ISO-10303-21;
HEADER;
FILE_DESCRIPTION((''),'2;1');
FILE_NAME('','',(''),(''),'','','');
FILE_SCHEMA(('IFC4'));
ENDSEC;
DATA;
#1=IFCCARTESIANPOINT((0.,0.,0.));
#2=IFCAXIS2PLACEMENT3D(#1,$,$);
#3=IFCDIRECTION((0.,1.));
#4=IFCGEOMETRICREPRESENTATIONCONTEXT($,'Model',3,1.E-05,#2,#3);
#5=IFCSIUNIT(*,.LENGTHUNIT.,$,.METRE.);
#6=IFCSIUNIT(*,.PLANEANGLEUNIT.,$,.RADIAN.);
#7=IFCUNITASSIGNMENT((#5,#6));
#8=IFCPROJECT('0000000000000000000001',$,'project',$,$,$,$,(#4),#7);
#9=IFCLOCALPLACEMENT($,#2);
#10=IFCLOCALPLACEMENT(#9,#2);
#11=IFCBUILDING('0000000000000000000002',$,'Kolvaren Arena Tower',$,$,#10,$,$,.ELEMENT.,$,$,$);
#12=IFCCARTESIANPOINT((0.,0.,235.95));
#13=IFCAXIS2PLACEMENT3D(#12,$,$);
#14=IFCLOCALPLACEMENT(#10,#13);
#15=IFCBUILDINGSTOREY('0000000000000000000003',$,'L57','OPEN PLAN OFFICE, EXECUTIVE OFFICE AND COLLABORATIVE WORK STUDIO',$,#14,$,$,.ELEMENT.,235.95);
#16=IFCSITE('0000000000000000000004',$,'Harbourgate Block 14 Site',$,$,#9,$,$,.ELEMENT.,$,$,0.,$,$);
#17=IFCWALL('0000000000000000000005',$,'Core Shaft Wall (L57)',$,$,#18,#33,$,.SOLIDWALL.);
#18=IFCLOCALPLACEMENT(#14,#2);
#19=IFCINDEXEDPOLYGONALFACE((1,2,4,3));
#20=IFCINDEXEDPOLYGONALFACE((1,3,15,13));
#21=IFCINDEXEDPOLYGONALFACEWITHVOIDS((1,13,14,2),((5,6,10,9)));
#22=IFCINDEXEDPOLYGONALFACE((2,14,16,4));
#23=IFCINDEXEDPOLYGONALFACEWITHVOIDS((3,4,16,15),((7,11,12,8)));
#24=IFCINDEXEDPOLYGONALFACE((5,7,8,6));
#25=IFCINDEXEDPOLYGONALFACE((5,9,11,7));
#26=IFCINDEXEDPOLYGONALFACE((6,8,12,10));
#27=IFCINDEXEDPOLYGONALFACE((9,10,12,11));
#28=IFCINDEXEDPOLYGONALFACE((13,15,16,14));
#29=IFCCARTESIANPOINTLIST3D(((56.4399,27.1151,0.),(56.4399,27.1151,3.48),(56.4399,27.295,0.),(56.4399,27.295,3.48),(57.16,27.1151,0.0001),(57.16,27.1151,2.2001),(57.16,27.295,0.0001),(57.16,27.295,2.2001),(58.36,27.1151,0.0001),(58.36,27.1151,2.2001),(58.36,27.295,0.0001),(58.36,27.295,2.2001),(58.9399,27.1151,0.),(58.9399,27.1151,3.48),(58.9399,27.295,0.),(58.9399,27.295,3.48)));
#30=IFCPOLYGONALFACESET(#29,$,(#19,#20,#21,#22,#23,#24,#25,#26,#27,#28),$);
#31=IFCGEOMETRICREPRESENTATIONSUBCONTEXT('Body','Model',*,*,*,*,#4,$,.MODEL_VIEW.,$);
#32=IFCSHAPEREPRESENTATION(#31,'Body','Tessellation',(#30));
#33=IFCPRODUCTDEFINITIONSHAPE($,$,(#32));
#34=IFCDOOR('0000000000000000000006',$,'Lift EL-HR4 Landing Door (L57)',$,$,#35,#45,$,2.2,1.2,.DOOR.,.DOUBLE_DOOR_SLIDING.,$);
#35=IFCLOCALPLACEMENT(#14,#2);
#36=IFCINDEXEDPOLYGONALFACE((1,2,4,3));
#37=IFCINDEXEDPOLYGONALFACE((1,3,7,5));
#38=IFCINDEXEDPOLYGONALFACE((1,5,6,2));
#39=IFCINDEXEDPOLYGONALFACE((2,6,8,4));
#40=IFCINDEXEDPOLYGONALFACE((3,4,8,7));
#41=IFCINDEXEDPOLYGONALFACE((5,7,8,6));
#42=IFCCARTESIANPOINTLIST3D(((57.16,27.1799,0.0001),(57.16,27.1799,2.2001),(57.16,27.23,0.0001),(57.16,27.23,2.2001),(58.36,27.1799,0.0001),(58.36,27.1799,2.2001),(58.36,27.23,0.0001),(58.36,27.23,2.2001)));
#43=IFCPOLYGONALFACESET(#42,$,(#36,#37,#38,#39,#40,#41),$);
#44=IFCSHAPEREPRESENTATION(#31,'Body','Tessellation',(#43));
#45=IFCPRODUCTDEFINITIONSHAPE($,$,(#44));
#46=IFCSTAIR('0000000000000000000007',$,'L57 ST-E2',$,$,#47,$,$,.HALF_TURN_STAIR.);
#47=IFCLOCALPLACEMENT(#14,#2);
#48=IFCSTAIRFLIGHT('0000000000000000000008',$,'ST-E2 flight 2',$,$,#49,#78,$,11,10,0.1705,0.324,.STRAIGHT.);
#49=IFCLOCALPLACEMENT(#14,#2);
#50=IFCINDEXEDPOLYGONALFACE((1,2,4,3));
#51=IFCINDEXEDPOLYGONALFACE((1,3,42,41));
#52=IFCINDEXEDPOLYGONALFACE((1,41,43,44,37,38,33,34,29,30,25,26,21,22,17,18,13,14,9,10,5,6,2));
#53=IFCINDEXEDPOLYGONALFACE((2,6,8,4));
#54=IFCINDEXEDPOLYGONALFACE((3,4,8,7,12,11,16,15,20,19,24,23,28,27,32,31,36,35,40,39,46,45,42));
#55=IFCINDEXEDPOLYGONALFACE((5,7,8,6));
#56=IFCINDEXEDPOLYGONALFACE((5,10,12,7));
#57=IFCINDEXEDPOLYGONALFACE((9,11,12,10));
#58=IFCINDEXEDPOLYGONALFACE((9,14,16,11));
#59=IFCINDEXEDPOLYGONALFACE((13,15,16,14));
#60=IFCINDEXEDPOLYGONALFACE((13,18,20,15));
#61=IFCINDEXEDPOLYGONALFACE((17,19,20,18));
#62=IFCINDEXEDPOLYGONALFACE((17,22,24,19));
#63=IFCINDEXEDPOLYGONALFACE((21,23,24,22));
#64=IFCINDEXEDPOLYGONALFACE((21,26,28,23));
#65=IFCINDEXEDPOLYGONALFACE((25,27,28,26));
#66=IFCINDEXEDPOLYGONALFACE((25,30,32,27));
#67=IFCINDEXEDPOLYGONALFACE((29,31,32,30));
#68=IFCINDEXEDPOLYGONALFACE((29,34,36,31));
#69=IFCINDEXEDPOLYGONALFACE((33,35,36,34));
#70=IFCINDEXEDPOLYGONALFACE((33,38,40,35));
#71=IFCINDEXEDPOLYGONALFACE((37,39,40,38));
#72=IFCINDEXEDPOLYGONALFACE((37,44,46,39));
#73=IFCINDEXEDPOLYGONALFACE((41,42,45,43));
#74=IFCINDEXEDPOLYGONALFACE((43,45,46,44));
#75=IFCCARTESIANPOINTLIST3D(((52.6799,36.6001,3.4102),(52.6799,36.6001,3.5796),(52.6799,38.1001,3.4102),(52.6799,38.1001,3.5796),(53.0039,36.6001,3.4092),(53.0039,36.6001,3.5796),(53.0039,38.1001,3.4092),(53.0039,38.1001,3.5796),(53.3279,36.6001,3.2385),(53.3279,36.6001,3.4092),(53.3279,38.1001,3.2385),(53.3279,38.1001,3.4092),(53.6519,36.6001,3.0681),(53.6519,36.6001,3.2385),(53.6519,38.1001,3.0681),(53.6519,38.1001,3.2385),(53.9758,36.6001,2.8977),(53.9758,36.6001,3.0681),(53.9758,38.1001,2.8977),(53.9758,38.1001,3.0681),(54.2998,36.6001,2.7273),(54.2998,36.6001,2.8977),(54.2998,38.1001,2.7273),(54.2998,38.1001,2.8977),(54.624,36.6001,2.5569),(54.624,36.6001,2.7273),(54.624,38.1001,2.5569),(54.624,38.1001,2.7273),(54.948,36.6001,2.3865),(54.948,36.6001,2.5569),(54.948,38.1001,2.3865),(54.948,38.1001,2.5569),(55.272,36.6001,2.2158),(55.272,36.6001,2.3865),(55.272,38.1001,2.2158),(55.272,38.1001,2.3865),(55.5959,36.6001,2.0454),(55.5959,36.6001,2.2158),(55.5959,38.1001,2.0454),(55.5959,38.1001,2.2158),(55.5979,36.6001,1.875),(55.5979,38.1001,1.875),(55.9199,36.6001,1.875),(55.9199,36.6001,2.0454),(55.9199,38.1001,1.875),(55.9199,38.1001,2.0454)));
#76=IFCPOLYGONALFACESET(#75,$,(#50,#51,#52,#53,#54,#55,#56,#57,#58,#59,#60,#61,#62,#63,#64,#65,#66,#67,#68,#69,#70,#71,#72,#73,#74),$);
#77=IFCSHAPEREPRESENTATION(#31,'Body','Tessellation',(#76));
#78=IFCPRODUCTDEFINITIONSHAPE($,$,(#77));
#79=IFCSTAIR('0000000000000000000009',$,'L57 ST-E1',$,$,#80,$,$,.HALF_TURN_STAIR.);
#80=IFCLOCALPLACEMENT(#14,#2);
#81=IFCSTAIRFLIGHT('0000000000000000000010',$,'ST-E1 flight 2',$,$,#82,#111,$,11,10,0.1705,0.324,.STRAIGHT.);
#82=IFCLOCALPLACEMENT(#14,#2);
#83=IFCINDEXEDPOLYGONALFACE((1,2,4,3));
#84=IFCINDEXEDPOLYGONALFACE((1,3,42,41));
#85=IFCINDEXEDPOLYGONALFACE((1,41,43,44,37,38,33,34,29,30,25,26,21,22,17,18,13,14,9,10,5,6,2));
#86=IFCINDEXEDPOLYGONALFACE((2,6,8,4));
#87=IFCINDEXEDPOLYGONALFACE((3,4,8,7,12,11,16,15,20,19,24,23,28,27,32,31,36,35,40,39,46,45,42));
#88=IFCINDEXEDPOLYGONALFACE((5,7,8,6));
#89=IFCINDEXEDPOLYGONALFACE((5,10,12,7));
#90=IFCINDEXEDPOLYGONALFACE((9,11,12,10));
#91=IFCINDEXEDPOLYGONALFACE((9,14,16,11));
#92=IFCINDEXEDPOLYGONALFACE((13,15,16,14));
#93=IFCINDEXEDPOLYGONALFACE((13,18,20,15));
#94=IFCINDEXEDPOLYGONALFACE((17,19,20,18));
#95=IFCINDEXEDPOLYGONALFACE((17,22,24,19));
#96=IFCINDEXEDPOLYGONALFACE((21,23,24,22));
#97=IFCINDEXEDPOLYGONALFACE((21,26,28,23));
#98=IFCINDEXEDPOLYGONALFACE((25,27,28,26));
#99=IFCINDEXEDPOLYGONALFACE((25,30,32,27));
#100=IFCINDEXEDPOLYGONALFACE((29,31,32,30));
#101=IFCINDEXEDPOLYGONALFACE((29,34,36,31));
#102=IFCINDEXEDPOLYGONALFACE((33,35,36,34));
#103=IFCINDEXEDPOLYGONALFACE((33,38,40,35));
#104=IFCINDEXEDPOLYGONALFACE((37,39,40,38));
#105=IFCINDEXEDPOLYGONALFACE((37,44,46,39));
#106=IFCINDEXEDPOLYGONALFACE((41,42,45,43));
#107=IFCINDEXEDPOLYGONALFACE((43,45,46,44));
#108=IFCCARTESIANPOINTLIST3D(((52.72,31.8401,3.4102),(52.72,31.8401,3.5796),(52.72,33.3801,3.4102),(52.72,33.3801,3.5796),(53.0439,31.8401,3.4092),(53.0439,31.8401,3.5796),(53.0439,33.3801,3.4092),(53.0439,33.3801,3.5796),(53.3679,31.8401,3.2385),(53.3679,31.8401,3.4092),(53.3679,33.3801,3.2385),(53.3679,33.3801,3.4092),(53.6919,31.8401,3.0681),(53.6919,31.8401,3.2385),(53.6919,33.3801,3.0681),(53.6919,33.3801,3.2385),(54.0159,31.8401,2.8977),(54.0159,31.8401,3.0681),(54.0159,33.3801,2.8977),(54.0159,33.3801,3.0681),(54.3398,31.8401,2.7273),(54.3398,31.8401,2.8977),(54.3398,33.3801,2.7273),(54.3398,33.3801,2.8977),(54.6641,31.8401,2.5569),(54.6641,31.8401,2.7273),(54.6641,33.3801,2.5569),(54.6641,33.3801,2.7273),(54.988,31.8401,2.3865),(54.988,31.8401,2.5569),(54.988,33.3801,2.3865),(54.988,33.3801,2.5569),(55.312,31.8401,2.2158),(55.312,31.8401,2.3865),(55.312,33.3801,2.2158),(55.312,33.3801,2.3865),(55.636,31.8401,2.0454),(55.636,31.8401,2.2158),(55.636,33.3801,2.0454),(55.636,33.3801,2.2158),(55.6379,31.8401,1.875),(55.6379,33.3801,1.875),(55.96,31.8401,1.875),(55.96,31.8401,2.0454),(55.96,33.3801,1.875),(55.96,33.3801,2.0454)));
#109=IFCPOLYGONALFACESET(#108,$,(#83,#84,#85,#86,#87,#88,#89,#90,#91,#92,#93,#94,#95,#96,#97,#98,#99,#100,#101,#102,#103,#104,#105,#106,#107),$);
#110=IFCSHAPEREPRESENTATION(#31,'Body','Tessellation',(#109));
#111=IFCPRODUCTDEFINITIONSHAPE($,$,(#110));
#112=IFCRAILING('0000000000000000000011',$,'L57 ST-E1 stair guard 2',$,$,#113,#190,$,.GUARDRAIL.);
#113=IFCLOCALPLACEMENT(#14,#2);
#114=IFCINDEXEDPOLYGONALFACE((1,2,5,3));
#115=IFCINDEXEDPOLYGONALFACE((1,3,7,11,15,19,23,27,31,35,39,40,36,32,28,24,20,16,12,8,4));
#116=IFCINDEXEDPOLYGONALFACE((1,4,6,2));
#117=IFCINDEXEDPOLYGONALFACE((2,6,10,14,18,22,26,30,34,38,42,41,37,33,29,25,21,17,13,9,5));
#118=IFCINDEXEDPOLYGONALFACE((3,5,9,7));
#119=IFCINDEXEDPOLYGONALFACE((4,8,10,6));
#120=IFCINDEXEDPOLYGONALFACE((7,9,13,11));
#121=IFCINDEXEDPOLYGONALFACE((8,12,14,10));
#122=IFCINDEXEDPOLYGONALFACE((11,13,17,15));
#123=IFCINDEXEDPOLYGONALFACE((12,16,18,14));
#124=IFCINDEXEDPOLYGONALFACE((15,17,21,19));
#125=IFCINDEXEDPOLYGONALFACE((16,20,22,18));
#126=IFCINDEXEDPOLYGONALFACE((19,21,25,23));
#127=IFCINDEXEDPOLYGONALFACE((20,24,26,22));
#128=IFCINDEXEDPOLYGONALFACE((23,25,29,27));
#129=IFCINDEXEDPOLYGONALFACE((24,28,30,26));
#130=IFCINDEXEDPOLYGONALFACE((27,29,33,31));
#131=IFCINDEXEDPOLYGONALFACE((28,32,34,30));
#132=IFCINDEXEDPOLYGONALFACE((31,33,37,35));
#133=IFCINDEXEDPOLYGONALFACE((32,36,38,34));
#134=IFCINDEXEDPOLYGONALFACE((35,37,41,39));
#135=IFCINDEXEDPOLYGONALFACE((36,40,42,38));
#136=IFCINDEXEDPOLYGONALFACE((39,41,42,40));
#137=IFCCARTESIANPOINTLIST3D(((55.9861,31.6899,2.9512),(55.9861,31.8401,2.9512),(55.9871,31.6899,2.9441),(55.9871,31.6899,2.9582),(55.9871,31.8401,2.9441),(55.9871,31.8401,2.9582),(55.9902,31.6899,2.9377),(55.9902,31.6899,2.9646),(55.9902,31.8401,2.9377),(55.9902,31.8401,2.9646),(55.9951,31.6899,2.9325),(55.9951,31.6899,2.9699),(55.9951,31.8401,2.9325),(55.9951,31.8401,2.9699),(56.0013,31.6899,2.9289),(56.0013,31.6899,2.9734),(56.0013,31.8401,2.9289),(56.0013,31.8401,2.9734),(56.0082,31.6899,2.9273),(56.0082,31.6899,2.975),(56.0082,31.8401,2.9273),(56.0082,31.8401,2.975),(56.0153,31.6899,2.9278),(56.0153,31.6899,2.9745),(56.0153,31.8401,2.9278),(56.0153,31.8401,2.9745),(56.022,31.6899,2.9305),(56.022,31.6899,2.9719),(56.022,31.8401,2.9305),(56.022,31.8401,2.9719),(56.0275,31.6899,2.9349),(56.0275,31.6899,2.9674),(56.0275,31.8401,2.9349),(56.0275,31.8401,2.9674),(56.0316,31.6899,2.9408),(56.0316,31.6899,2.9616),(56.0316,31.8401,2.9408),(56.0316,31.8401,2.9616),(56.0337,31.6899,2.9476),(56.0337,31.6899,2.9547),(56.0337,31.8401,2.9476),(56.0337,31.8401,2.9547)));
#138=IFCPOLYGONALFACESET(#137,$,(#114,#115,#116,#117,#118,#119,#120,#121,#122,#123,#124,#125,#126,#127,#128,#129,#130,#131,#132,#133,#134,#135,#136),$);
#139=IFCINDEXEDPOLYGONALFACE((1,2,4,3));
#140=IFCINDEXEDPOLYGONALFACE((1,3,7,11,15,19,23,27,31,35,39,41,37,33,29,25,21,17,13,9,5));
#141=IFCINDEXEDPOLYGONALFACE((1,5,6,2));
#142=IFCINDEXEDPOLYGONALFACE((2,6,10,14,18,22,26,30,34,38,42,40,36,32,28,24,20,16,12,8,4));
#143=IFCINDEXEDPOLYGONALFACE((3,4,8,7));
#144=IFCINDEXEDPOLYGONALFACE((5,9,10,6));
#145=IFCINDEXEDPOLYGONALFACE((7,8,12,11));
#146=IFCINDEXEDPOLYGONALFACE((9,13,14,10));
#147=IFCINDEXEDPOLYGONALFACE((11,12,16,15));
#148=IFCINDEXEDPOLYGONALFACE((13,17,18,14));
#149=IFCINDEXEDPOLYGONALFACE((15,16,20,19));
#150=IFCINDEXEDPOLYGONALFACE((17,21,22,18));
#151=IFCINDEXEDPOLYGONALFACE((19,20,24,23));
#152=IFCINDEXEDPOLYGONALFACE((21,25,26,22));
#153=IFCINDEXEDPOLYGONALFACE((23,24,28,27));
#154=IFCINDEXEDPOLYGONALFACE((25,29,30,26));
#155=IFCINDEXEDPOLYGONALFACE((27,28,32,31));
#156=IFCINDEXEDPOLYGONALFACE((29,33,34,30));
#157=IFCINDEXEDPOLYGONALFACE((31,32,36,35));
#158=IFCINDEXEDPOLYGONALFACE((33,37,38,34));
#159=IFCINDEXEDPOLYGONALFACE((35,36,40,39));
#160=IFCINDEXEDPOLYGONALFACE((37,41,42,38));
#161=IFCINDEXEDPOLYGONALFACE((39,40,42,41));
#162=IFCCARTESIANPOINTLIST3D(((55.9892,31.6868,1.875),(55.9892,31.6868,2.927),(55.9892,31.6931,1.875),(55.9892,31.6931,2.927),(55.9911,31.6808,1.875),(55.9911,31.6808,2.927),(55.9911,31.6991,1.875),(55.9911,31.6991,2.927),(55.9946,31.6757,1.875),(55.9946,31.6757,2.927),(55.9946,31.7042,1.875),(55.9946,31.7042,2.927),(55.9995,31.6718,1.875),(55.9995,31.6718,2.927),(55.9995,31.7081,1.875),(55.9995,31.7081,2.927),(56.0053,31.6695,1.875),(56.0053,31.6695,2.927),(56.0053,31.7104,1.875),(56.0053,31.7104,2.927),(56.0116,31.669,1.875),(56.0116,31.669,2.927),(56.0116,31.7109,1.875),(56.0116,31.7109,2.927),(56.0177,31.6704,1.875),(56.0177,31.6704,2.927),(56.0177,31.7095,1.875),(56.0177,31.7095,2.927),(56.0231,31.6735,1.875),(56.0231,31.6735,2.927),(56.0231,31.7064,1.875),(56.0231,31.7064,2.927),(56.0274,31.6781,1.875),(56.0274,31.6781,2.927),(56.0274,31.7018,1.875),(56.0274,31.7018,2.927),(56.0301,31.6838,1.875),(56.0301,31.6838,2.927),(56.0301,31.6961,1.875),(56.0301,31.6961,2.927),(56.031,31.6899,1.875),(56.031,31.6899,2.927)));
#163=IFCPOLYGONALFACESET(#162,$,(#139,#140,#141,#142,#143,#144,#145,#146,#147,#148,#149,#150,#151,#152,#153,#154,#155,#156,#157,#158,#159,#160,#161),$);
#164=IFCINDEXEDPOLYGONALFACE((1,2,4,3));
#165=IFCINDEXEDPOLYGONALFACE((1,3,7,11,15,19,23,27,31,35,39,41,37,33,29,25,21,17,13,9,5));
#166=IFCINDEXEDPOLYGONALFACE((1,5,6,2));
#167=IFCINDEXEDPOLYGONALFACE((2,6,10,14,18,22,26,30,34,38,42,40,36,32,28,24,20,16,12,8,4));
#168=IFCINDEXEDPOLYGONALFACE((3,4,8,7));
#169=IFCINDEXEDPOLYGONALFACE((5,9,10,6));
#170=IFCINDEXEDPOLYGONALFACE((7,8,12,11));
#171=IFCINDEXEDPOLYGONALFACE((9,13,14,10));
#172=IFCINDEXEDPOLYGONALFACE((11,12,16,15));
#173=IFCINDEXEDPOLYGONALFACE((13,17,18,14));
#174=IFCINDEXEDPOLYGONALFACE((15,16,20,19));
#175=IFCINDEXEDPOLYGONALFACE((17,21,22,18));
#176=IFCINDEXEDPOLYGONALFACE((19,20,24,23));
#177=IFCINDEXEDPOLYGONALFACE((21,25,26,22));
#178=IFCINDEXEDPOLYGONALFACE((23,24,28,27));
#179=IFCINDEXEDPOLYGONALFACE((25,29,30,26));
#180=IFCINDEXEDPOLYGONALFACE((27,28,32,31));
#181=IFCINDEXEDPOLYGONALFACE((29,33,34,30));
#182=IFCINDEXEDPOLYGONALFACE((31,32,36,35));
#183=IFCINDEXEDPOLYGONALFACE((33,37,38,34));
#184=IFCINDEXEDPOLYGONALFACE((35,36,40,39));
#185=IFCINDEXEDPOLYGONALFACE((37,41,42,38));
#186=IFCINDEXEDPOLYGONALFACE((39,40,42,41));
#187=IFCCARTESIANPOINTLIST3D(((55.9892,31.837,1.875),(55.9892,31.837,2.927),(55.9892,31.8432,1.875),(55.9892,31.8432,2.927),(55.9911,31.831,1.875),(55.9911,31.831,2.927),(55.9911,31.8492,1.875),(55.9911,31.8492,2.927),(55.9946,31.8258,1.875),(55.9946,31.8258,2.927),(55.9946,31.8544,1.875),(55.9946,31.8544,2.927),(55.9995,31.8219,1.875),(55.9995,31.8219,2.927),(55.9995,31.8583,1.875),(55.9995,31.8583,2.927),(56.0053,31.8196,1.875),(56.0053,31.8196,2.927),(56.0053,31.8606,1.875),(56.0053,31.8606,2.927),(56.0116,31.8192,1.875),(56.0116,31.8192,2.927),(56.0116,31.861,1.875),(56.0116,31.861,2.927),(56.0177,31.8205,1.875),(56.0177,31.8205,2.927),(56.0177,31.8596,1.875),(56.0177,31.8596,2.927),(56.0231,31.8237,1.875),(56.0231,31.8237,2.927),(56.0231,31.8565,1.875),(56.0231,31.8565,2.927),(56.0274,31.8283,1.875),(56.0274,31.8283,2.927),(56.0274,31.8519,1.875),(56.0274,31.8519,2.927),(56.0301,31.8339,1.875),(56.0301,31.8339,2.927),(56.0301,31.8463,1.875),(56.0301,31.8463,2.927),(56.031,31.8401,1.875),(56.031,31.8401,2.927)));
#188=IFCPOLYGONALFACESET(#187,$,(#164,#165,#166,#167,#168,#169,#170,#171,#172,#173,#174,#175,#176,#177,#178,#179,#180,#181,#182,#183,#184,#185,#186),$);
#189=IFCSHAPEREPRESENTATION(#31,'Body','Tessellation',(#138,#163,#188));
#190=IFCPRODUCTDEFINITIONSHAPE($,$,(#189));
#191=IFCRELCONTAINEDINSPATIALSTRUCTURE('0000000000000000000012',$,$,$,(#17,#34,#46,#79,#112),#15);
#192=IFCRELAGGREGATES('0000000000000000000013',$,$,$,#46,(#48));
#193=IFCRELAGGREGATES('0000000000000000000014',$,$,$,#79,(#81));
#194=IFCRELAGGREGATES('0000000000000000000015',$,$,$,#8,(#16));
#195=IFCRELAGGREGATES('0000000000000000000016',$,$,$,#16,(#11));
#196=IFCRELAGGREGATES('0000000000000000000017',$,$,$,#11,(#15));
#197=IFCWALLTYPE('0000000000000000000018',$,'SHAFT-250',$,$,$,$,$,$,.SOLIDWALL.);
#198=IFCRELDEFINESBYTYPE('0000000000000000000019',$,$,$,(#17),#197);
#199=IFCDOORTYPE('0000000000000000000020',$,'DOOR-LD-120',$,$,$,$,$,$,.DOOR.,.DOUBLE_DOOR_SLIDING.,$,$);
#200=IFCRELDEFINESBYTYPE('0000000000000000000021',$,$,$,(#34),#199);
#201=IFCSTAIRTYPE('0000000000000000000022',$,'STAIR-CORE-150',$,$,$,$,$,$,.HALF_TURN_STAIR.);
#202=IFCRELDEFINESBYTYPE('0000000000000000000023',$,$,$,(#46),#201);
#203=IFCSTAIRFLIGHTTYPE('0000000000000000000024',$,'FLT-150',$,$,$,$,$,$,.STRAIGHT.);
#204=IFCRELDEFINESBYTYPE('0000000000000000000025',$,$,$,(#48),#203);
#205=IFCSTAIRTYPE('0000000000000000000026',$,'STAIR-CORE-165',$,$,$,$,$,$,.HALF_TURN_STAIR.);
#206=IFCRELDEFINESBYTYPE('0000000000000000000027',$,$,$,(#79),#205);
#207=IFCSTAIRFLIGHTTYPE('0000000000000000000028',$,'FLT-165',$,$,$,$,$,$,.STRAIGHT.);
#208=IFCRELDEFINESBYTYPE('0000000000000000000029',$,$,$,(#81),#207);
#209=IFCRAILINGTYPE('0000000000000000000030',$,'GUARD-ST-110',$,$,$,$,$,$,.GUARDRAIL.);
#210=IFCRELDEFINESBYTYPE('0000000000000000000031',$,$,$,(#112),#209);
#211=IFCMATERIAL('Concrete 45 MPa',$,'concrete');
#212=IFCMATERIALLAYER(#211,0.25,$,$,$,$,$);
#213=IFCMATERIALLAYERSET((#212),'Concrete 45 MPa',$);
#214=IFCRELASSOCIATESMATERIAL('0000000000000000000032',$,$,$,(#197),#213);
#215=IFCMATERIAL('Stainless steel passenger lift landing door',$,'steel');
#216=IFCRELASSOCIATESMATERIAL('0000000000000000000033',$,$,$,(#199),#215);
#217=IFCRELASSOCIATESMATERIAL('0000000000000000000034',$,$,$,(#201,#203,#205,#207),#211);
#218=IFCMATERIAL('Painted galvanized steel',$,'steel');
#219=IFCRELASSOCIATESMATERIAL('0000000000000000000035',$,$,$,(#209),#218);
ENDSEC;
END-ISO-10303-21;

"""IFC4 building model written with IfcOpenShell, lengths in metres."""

from ifc_helpers import new_model, si_unit, direction, frame, frame_2d, origin, origin_2d, place, context, subcontext, project, spatial, polyline, rectangle, circle, outline, extrude, material, layer, layer_set, type_object, element, fill, aggregate, save


model = new_model("IFC4")

# Units and contexts
model_context = context("Model", 3, precision=1e-05, world=origin(), true_north=direction((0.0, 1.0)))
body_context = subcontext(model_context, "Body", "Model", "MODEL_VIEW")
ifc_project = project(units=[si_unit("LENGTHUNIT", "METRE"), si_unit("PLANEANGLEUNIT", "RADIAN")], contexts=[model_context])

# Site, building, storey
site_placement = place(None, origin())
site = spatial("IfcSite", under=ifc_project, at=site_placement, Name="Harbourgate Block 14 Site", CompositionType="ELEMENT", RefElevation=0.0)
building_placement = place(site_placement, origin())
building = spatial("IfcBuilding", under=site, at=building_placement, Name="Kolvaren Arena Tower", CompositionType="ELEMENT")
storey_placement = place(building_placement, frame((0.0, 0.0, 235.95)))
storey = spatial("IfcBuildingStorey", under=building, at=storey_placement, Name="L57", Description="OPEN PLAN OFFICE, EXECUTIVE OFFICE AND COLLABORATIVE WORK STUDIO", CompositionType="ELEMENT", Elevation=235.95)

# Shared definitions
ifc_material_1 = material(Name="Concrete 45 MPa", Category="concrete")
ifc_layer = layer(ifc_material_1, 0.25)
ifc_layer_set = layer_set([ifc_layer], Name="Concrete 45 MPa")
wall_type = type_object("IfcWallType", Name="SHAFT-250", PredefinedType="SOLIDWALL", material=ifc_layer_set)

# Wall, opening, door
wall_1_placement = place(storey_placement, frame((56.4399, 27.2051, 0.0), z_axis=(0.0, 0.0, 1.0), x_axis=(1.0, 0.0, 0.0)))
wall_1 = element("IfcWall", 1, at=wall_1_placement, inside=storey, type_object=wall_type, Name="Core Shaft Wall (L57)", PredefinedType="SOLIDWALL", context=body_context, shape_type="SweptSolid", body=[
    extrude(rectangle(XDim=2.5, YDim=0.1799, at=frame_2d((1.25, 0.0))), origin(), (0.0, 0.0, 1.0), 3.48),
])
opening_1_placement = place(wall_1_placement, frame((0.72, 0.0, 0.0)))
opening_1 = element("IfcOpeningElement", 2, at=opening_1_placement, cuts=wall_1, PredefinedType="OPENING", context=body_context, shape_type="SweptSolid", body=[
    extrude(rectangle(XDim=1.2, YDim=2.2, at=frame_2d((0.6001, 1.1001))), frame((0.0, 0.0999, 0.0), z_axis=(0.0, -1.0, 0.0), x_axis=(1.0, 0.0, 0.0)), (0.0, 0.0, 1.0), 0.2),
])
ifc_material_2 = material(Name="Stainless steel passenger lift landing door", Category="steel")
door_type_1 = type_object("IfcDoorType", Name="DOOR-LD-120", OperationType="DOUBLE_DOOR_SLIDING", PredefinedType="DOOR", material=ifc_material_2)
door_1_placement = place(opening_1_placement, origin())
door_1 = element("IfcDoor", 3, at=door_1_placement, inside=storey, type_object=door_type_1, Name="Lift EL-HR4 Landing Door (L57)", OperationType="DOUBLE_DOOR_SLIDING", OverallHeight=2.2, OverallWidth=1.2, PredefinedType="DOOR", context=body_context, shape_type="SweptSolid", body=[
    extrude(rectangle(XDim=1.2, YDim=2.2, at=frame_2d((0.6001, 1.1001))), frame((0.0, 0.0249, 0.0), z_axis=(0.0, -1.0, 0.0), x_axis=(1.0, 0.0, 0.0)), (0.0, 0.0, 1.0), 0.05),
])
fill(opening_1, door_1)

# Stairs, stair flights
stair_type_1 = type_object("IfcStairType", Name="STAIR-CORE-150", PredefinedType="HALF_TURN_STAIR", material=ifc_material_1)
stair_1_placement = place(storey_placement, origin())
stair_1 = element("IfcStair", 4, at=stair_1_placement, inside=storey, type_object=stair_type_1, Name="L57 ST-E2", PredefinedType="HALF_TURN_STAIR")
stair_flight_type_1 = type_object("IfcStairFlightType", Name="FLT-150", PredefinedType="STRAIGHT", material=ifc_material_1)
stair_flight_1_placement = place(storey_placement, frame((55.9199, 37.3501, 1.875), z_axis=(0.0, 0.0, 1.0), x_axis=(-1.0, 0.0, 0.0)))
stair_flight_1 = element("IfcStairFlight", 5, at=stair_flight_1_placement, type_object=stair_flight_type_1, Name="ST-E2 flight 2", NumberOfRisers=11, NumberOfTreads=10, PredefinedType="STRAIGHT", RiserHeight=0.1705, TreadLength=0.324, context=body_context, shape_type="SweptSolid", body=[
    extrude(outline(polyline([(0.0, 0.0), (0.0, 0.1704), (0.324, 0.1704), (0.324, 0.3408), (0.6479, 0.3408), (0.6479, 0.5115), (0.9719, 0.5115), (0.9719, 0.6819), (1.2959, 0.6819), (1.2959, 0.8523), (1.6201, 0.8523), (1.6201, 1.0227), (1.9441, 1.0227), (1.9441, 1.1931), (2.2681, 1.1931), (2.2681, 1.3635), (2.592, 1.3635), (2.592, 1.5342), (2.916, 1.5342), (2.916, 1.7046), (3.24, 1.7046), (3.24, 1.875), (3.24, 1.5352), (0.322, 0.0), (0.0, 0.0)])), frame((0.0, 0.75, 0.0), z_axis=(0.0, -1.0, 0.0), x_axis=(1.0, 0.0, 0.0)), (0.0, 0.0, 1.0), 1.5),
])
aggregate(stair_1, [stair_flight_1])
stair_type_2 = type_object("IfcStairType", Name="STAIR-CORE-165", PredefinedType="HALF_TURN_STAIR", material=ifc_material_1)
stair_2_placement = place(storey_placement, origin())
stair_2 = element("IfcStair", 6, at=stair_2_placement, inside=storey, type_object=stair_type_2, Name="L57 ST-E1", PredefinedType="HALF_TURN_STAIR")
stair_flight_type_2 = type_object("IfcStairFlightType", Name="FLT-165", PredefinedType="STRAIGHT", material=ifc_material_1)
stair_flight_2_placement = place(storey_placement, frame((55.96, 32.6101, 1.875), z_axis=(0.0, 0.0, 1.0), x_axis=(-1.0, 0.0, 0.0)))
stair_flight_2 = element("IfcStairFlight", 7, at=stair_flight_2_placement, type_object=stair_flight_type_2, Name="ST-E1 flight 2", NumberOfRisers=11, NumberOfTreads=10, PredefinedType="STRAIGHT", RiserHeight=0.1705, TreadLength=0.324, context=body_context, shape_type="SweptSolid", body=[
    extrude(outline(polyline([(0.0, 0.0), (0.0, 0.1704), (0.324, 0.1704), (0.324, 0.3408), (0.6479, 0.3408), (0.6479, 0.5115), (0.9719, 0.5115), (0.9719, 0.6819), (1.2959, 0.6819), (1.2959, 0.8523), (1.6201, 0.8523), (1.6201, 1.0227), (1.9441, 1.0227), (1.9441, 1.1931), (2.2681, 1.1931), (2.2681, 1.3635), (2.592, 1.3635), (2.592, 1.5342), (2.916, 1.5342), (2.916, 1.7046), (3.24, 1.7046), (3.24, 1.875), (3.24, 1.5352), (0.322, 0.0), (0.0, 0.0)])), frame((0.0, 0.77, 0.0), z_axis=(0.0, -1.0, 0.0), x_axis=(1.0, 0.0, 0.0)), (0.0, 0.0, 1.0), 1.54),
])
aggregate(stair_2, [stair_flight_2])

# Railing
ifc_material_3 = material(Name="Painted galvanized steel", Category="steel")
railing_type_1 = type_object("IfcRailingType", Name="GUARD-ST-110", PredefinedType="GUARDRAIL", material=ifc_material_3)
railing_1_placement = place(storey_placement, frame((56.01, 31.6899, 1.875)))
element("IfcRailing", 8, at=railing_1_placement, inside=storey, type_object=railing_type_1, Name="L57 ST-E1 stair guard 2", PredefinedType="GUARDRAIL", context=body_context, shape_type="SweptSolid", body=[
    extrude(circle(Radius=0.0239, at=origin_2d()), frame((0.0, 0.0, 1.0762), z_axis=(0.0, 1.0, 0.0), x_axis=(-1.0, 0.0, 0.0)), (0.0, 0.0, 1.0), 0.1501),
    extrude(circle(Radius=0.021, at=origin_2d()), origin(), (0.0, 0.0, 1.0), 1.052),
    extrude(circle(Radius=0.021, at=origin_2d()), frame((0.0, 0.1501, 0.0)), (0.0, 0.0, 1.0), 1.052),
])

save(model, "model.ifc")
